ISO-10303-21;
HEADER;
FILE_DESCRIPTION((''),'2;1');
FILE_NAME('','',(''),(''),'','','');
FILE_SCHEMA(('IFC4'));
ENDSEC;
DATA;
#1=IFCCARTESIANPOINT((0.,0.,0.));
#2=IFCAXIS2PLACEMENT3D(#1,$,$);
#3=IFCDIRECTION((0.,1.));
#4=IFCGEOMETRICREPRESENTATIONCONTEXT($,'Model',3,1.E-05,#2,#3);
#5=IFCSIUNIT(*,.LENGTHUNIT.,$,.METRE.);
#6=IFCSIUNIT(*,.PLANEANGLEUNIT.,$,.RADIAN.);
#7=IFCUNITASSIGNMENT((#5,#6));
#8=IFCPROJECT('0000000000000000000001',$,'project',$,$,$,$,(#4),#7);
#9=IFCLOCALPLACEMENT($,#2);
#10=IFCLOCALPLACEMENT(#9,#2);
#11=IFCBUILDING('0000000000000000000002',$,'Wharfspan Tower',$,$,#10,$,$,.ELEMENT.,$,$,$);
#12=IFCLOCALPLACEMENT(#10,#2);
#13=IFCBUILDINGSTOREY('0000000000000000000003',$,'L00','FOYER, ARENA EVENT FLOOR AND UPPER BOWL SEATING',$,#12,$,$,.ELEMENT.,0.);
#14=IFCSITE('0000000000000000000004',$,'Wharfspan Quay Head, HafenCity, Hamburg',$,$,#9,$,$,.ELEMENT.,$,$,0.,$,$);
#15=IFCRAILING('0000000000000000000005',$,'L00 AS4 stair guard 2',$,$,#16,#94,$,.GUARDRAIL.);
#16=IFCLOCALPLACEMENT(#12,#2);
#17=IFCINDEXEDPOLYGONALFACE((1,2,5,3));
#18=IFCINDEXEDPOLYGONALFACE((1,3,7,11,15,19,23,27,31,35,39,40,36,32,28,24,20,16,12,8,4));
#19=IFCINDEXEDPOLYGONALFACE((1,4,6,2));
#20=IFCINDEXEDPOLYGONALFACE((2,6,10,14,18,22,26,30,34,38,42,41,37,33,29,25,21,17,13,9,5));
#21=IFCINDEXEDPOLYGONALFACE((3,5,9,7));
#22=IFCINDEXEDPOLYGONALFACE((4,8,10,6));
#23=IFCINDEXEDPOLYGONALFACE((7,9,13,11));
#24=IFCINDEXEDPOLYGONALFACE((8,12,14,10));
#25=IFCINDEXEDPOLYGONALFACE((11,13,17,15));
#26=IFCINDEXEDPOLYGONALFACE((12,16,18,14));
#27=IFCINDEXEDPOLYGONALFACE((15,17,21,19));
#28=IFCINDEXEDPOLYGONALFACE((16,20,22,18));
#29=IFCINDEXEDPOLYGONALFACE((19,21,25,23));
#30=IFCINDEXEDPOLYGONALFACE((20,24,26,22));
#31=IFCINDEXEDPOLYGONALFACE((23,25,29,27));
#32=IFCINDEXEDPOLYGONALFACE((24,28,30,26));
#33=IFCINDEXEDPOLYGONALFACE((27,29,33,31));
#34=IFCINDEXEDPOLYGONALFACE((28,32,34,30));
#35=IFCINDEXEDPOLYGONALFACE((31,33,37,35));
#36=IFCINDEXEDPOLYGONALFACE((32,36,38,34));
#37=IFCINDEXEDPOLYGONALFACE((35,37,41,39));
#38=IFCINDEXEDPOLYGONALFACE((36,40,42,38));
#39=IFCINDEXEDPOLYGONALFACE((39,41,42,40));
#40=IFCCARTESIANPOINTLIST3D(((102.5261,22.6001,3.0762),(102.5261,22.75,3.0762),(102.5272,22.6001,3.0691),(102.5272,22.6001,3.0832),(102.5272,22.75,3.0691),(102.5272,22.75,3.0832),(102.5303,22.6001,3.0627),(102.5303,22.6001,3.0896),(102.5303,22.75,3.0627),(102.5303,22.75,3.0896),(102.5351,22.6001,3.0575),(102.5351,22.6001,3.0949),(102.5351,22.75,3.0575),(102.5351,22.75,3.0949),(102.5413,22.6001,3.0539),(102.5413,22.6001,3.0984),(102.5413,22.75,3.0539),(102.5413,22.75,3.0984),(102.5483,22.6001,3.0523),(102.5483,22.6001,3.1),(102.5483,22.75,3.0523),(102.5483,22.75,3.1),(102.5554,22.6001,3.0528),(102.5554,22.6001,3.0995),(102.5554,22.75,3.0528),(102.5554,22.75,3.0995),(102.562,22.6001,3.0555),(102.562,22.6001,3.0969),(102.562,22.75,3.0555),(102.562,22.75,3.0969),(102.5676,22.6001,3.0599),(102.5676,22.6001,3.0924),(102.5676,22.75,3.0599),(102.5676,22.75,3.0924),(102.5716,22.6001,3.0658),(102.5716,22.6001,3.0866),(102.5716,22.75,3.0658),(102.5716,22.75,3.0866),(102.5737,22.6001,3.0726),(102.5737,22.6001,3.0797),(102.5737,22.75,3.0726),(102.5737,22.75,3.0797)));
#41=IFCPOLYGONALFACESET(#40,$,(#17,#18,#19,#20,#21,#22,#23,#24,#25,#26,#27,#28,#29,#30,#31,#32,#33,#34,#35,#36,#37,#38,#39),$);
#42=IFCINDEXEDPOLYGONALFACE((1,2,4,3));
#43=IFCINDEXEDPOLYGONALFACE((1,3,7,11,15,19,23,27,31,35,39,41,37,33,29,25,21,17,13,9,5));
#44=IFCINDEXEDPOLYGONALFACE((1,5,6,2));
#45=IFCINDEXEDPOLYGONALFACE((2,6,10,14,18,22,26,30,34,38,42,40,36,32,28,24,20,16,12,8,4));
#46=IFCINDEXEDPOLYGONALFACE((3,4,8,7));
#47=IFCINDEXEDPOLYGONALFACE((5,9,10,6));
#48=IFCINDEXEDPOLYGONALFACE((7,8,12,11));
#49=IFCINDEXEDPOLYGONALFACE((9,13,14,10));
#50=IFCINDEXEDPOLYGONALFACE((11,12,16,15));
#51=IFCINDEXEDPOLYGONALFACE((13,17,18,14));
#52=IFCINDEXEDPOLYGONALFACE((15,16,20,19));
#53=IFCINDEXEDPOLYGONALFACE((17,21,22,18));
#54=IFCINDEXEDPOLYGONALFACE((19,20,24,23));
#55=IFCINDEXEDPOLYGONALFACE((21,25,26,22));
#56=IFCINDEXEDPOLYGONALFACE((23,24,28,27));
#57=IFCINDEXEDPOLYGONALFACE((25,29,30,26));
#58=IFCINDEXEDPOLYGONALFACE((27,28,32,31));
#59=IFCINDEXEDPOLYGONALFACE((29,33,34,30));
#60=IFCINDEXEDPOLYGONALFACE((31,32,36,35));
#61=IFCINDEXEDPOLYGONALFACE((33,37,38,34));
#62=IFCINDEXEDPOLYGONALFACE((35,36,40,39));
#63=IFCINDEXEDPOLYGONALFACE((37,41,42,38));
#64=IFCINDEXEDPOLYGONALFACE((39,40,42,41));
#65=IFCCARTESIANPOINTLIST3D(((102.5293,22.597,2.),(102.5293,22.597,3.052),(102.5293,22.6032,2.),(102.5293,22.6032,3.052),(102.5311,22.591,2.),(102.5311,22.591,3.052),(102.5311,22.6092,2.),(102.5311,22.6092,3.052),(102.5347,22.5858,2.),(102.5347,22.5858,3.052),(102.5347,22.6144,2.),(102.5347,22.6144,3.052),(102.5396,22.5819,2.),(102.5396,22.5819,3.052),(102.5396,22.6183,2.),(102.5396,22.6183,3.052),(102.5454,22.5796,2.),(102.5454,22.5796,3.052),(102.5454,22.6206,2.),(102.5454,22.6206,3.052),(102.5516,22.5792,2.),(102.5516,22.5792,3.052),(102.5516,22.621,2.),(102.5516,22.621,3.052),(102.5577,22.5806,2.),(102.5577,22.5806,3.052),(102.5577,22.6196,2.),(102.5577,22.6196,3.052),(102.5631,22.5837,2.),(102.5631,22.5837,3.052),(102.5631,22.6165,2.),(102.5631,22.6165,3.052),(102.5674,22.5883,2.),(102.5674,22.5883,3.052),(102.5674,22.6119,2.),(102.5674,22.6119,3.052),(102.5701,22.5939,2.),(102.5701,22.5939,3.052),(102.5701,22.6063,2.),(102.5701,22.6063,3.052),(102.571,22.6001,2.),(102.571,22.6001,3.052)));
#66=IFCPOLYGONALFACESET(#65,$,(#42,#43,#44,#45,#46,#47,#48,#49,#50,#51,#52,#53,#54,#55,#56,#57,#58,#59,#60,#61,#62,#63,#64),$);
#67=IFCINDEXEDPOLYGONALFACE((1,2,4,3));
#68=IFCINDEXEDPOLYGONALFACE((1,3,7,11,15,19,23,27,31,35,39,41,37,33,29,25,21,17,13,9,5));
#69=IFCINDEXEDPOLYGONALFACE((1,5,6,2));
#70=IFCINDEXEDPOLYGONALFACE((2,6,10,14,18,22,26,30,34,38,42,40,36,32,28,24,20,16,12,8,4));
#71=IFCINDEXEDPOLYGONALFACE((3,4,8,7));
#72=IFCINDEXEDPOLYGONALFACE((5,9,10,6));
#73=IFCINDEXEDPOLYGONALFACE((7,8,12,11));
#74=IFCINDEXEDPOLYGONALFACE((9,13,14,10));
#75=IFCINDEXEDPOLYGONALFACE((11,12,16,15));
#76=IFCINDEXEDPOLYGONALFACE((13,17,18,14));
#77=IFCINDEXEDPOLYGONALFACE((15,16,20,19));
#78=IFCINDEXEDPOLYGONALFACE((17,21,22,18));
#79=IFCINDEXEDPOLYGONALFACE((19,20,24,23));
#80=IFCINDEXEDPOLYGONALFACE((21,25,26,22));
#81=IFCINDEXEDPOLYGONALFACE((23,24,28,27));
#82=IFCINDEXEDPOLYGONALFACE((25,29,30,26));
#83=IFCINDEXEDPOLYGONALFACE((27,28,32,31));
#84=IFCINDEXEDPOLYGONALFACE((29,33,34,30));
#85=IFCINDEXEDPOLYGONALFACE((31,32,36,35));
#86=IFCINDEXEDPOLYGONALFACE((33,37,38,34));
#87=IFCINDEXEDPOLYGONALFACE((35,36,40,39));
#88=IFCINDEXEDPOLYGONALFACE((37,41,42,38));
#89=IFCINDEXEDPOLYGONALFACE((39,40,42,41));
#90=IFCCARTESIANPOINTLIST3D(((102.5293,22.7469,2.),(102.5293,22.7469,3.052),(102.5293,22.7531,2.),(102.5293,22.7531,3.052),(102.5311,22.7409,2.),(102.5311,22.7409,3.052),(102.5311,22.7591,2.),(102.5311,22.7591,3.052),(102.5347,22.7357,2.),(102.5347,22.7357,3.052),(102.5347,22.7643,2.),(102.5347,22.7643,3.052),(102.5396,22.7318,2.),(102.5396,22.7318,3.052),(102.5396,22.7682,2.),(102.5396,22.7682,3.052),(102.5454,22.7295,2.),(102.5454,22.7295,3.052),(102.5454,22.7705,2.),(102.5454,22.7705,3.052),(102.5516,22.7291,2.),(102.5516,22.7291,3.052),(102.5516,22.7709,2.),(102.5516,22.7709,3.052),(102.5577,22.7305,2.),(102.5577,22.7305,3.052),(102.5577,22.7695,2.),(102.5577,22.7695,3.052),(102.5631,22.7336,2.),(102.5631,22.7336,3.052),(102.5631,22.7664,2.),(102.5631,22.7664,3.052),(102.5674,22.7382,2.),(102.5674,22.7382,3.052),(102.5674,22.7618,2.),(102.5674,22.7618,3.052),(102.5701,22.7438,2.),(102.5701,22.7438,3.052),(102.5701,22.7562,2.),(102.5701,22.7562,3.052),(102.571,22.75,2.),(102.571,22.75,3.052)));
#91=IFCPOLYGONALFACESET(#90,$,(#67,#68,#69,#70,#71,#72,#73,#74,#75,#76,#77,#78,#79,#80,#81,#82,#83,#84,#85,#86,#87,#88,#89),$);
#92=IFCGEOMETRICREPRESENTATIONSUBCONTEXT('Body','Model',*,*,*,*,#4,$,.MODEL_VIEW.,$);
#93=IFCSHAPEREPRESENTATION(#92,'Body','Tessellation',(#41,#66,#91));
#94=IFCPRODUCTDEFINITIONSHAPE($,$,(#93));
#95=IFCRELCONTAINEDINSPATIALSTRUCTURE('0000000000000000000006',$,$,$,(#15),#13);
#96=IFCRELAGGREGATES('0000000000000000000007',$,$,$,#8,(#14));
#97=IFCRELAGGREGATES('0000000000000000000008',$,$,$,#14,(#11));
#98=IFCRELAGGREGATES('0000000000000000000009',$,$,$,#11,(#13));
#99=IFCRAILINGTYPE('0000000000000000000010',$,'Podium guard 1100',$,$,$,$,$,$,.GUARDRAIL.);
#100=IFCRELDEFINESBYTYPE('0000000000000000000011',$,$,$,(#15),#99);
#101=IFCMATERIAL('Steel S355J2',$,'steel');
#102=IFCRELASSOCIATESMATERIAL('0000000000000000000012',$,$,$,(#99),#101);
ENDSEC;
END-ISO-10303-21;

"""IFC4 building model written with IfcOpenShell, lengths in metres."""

from ifc_helpers import new_model, si_unit, direction, frame, origin, origin_2d, place, context, subcontext, project, spatial, circle, extrude, material, type_object, element, save


model = new_model("IFC4")

# Units and contexts
model_context = context("Model", 3, precision=1e-05, world=origin(), true_north=direction((0.0, 1.0)))
body_context = subcontext(model_context, "Body", "Model", "MODEL_VIEW")
ifc_project = project(units=[si_unit("LENGTHUNIT", "METRE"), si_unit("PLANEANGLEUNIT", "RADIAN")], contexts=[model_context])

# Site, building, storey
site_placement = place(None, origin())
site = spatial("IfcSite", under=ifc_project, at=site_placement, Name="Wharfspan Quay Head, HafenCity, Hamburg", CompositionType="ELEMENT", RefElevation=0.0)
building_placement = place(site_placement, origin())
building = spatial("IfcBuilding", under=site, at=building_placement, Name="Wharfspan Tower", CompositionType="ELEMENT")
storey_placement = place(building_placement, origin())
storey = spatial("IfcBuildingStorey", under=building, at=storey_placement, Name="L00", Description="FOYER, ARENA EVENT FLOOR AND UPPER BOWL SEATING", CompositionType="ELEMENT", Elevation=0.0)

# Shared definitions
ifc_material_1 = material(Name="Steel S355J2", Category="steel")

# Railing
railing_type_1 = type_object("IfcRailingType", Name="Podium guard 1100", PredefinedType="GUARDRAIL", material=ifc_material_1)
railing_1_placement = place(storey_placement, frame((102.55, 22.6001, 2.0)))
element("IfcRailing", 1, at=railing_1_placement, inside=storey, type_object=railing_type_1, Name="L00 AS4 stair guard 2", PredefinedType="GUARDRAIL", context=body_context, shape_type="SweptSolid", body=[
    extrude(circle(Radius=0.0239, at=origin_2d()), frame((0.0, 0.0, 1.0762), z_axis=(0.0, 1.0, 0.0), x_axis=(-1.0, 0.0, 0.0)), (0.0, 0.0, 1.0), 0.1499),
    extrude(circle(Radius=0.021, at=origin_2d()), origin(), (0.0, 0.0, 1.0), 1.052),
    extrude(circle(Radius=0.021, at=origin_2d()), frame((0.0, 0.1499, 0.0)), (0.0, 0.0, 1.0), 1.052),
])

save(model, "model.ifc")
